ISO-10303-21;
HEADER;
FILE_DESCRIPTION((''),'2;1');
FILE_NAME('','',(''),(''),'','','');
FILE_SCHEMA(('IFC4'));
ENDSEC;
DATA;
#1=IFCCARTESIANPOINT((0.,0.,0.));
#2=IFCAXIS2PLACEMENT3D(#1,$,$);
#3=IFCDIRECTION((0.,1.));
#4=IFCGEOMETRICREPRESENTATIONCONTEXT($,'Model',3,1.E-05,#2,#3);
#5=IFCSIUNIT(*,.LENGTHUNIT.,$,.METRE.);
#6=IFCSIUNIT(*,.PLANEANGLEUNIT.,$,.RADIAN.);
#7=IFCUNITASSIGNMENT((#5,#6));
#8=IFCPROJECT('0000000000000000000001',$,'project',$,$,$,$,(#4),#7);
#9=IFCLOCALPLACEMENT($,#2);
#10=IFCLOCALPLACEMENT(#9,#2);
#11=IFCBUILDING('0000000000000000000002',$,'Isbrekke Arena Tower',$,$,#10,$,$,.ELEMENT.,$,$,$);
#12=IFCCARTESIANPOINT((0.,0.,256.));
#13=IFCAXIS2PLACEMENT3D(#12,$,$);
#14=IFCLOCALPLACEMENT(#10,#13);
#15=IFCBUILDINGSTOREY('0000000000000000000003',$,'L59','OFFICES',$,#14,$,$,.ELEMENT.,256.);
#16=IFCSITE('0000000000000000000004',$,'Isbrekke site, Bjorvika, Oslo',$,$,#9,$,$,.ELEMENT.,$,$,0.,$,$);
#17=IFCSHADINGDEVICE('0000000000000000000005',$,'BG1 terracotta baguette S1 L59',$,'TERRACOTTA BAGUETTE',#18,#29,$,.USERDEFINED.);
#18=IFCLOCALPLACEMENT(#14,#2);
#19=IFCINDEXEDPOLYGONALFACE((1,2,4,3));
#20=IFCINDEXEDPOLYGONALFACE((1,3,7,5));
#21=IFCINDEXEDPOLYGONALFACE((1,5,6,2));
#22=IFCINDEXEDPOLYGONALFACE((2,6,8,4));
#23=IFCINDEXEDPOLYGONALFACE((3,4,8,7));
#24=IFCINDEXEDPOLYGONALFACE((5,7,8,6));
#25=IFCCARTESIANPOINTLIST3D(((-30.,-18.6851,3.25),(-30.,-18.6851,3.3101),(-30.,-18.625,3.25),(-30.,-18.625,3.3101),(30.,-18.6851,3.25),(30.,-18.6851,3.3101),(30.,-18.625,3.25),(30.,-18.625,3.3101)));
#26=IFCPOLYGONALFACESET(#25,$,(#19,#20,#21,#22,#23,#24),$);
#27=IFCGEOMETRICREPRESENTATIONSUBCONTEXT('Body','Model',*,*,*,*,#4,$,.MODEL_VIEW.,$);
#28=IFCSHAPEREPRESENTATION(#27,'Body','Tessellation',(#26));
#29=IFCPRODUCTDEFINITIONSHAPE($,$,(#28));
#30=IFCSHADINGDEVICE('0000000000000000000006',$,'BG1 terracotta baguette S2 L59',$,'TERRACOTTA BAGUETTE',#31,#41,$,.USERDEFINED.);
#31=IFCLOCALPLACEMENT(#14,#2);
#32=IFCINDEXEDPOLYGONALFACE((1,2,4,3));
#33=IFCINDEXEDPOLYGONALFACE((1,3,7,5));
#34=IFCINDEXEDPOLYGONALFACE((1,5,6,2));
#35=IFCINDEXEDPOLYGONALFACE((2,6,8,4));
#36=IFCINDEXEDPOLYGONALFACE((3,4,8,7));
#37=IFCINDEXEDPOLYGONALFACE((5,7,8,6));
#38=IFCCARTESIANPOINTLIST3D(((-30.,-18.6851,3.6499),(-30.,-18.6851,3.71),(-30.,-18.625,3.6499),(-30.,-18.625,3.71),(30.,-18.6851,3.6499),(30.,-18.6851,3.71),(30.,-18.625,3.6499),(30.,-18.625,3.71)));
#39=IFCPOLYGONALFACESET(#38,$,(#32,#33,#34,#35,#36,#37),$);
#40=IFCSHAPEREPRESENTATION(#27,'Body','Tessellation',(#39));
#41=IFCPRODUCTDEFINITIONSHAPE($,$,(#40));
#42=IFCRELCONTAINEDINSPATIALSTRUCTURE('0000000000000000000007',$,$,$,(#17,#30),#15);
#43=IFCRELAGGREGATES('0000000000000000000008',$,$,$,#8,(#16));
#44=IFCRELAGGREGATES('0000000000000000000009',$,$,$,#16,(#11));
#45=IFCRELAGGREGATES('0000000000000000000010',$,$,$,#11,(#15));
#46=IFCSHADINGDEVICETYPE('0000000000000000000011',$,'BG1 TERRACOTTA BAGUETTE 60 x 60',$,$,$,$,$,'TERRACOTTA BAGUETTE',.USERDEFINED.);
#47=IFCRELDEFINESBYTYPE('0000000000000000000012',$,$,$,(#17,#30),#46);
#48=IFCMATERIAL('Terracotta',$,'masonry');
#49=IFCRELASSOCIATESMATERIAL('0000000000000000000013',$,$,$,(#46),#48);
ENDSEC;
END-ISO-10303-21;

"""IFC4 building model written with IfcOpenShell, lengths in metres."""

from ifc_helpers import new_model, si_unit, direction, frame, origin, origin_2d, place, context, subcontext, project, spatial, rectangle, extrude, material, material_profile, profile_set, type_object, element, save


model = new_model("IFC4")

# Units and contexts
model_context = context("Model", 3, precision=1e-05, world=origin(), true_north=direction((0.0, 1.0)))
body_context = subcontext(model_context, "Body", "Model", "MODEL_VIEW")
ifc_project = project(units=[si_unit("LENGTHUNIT", "METRE"), si_unit("PLANEANGLEUNIT", "RADIAN")], contexts=[model_context])

# Site, building, storey
site_placement = place(None, origin())
site = spatial("IfcSite", under=ifc_project, at=site_placement, Name="Isbrekke site, Bjorvika, Oslo", CompositionType="ELEMENT", RefElevation=0.0)
building_placement = place(site_placement, origin())
building = spatial("IfcBuilding", under=site, at=building_placement, Name="Isbrekke Arena Tower", CompositionType="ELEMENT")
storey_placement = place(building_placement, frame((0.0, 0.0, 256.0)))
storey = spatial("IfcBuildingStorey", under=building, at=storey_placement, Name="L59", Description="OFFICES", CompositionType="ELEMENT", Elevation=256.0)

# Shading devices
ifc_material_1 = material(Name="Terracotta", Category="masonry")
ifc_material_profile_1 = material_profile(ifc_material_1, rectangle(XDim=0.0601, YDim=0.0601, at=origin_2d()), Name="BAGUETTE 60X60")
ifc_profile_set_1 = profile_set([ifc_material_profile_1], Name="Terracotta")
shading_device_type = type_object("IfcShadingDeviceType", Name="BG1 TERRACOTTA BAGUETTE 60 x 60", ElementType="TERRACOTTA BAGUETTE", PredefinedType="USERDEFINED", material=ifc_profile_set_1)
for number, where, z_axis, x_axis, name in (
    (1, (-30.0, -18.655, 3.28), (1.0, 0.0, 0.0), (0.0, 1.0, 0.0), "BG1 terracotta baguette S1 L59"),
    (2, (-30.0, -18.655, 3.6799), (1.0, 0.0, 0.0), (0.0, 1.0, 0.0), "BG1 terracotta baguette S2 L59"),
):
    element("IfcShadingDevice", number, at=place(storey_placement, frame(where, z_axis=z_axis, x_axis=x_axis)), inside=storey, type_object=shading_device_type, Name=name, ObjectType="TERRACOTTA BAGUETTE", PredefinedType="USERDEFINED", context=body_context, shape_type="SweptSolid", body=[
        extrude(rectangle(XDim=0.0601, YDim=0.0601, at=origin_2d()), origin(), (0.0, 0.0, 1.0), 60.0),
    ])

save(model, "model.ifc")
